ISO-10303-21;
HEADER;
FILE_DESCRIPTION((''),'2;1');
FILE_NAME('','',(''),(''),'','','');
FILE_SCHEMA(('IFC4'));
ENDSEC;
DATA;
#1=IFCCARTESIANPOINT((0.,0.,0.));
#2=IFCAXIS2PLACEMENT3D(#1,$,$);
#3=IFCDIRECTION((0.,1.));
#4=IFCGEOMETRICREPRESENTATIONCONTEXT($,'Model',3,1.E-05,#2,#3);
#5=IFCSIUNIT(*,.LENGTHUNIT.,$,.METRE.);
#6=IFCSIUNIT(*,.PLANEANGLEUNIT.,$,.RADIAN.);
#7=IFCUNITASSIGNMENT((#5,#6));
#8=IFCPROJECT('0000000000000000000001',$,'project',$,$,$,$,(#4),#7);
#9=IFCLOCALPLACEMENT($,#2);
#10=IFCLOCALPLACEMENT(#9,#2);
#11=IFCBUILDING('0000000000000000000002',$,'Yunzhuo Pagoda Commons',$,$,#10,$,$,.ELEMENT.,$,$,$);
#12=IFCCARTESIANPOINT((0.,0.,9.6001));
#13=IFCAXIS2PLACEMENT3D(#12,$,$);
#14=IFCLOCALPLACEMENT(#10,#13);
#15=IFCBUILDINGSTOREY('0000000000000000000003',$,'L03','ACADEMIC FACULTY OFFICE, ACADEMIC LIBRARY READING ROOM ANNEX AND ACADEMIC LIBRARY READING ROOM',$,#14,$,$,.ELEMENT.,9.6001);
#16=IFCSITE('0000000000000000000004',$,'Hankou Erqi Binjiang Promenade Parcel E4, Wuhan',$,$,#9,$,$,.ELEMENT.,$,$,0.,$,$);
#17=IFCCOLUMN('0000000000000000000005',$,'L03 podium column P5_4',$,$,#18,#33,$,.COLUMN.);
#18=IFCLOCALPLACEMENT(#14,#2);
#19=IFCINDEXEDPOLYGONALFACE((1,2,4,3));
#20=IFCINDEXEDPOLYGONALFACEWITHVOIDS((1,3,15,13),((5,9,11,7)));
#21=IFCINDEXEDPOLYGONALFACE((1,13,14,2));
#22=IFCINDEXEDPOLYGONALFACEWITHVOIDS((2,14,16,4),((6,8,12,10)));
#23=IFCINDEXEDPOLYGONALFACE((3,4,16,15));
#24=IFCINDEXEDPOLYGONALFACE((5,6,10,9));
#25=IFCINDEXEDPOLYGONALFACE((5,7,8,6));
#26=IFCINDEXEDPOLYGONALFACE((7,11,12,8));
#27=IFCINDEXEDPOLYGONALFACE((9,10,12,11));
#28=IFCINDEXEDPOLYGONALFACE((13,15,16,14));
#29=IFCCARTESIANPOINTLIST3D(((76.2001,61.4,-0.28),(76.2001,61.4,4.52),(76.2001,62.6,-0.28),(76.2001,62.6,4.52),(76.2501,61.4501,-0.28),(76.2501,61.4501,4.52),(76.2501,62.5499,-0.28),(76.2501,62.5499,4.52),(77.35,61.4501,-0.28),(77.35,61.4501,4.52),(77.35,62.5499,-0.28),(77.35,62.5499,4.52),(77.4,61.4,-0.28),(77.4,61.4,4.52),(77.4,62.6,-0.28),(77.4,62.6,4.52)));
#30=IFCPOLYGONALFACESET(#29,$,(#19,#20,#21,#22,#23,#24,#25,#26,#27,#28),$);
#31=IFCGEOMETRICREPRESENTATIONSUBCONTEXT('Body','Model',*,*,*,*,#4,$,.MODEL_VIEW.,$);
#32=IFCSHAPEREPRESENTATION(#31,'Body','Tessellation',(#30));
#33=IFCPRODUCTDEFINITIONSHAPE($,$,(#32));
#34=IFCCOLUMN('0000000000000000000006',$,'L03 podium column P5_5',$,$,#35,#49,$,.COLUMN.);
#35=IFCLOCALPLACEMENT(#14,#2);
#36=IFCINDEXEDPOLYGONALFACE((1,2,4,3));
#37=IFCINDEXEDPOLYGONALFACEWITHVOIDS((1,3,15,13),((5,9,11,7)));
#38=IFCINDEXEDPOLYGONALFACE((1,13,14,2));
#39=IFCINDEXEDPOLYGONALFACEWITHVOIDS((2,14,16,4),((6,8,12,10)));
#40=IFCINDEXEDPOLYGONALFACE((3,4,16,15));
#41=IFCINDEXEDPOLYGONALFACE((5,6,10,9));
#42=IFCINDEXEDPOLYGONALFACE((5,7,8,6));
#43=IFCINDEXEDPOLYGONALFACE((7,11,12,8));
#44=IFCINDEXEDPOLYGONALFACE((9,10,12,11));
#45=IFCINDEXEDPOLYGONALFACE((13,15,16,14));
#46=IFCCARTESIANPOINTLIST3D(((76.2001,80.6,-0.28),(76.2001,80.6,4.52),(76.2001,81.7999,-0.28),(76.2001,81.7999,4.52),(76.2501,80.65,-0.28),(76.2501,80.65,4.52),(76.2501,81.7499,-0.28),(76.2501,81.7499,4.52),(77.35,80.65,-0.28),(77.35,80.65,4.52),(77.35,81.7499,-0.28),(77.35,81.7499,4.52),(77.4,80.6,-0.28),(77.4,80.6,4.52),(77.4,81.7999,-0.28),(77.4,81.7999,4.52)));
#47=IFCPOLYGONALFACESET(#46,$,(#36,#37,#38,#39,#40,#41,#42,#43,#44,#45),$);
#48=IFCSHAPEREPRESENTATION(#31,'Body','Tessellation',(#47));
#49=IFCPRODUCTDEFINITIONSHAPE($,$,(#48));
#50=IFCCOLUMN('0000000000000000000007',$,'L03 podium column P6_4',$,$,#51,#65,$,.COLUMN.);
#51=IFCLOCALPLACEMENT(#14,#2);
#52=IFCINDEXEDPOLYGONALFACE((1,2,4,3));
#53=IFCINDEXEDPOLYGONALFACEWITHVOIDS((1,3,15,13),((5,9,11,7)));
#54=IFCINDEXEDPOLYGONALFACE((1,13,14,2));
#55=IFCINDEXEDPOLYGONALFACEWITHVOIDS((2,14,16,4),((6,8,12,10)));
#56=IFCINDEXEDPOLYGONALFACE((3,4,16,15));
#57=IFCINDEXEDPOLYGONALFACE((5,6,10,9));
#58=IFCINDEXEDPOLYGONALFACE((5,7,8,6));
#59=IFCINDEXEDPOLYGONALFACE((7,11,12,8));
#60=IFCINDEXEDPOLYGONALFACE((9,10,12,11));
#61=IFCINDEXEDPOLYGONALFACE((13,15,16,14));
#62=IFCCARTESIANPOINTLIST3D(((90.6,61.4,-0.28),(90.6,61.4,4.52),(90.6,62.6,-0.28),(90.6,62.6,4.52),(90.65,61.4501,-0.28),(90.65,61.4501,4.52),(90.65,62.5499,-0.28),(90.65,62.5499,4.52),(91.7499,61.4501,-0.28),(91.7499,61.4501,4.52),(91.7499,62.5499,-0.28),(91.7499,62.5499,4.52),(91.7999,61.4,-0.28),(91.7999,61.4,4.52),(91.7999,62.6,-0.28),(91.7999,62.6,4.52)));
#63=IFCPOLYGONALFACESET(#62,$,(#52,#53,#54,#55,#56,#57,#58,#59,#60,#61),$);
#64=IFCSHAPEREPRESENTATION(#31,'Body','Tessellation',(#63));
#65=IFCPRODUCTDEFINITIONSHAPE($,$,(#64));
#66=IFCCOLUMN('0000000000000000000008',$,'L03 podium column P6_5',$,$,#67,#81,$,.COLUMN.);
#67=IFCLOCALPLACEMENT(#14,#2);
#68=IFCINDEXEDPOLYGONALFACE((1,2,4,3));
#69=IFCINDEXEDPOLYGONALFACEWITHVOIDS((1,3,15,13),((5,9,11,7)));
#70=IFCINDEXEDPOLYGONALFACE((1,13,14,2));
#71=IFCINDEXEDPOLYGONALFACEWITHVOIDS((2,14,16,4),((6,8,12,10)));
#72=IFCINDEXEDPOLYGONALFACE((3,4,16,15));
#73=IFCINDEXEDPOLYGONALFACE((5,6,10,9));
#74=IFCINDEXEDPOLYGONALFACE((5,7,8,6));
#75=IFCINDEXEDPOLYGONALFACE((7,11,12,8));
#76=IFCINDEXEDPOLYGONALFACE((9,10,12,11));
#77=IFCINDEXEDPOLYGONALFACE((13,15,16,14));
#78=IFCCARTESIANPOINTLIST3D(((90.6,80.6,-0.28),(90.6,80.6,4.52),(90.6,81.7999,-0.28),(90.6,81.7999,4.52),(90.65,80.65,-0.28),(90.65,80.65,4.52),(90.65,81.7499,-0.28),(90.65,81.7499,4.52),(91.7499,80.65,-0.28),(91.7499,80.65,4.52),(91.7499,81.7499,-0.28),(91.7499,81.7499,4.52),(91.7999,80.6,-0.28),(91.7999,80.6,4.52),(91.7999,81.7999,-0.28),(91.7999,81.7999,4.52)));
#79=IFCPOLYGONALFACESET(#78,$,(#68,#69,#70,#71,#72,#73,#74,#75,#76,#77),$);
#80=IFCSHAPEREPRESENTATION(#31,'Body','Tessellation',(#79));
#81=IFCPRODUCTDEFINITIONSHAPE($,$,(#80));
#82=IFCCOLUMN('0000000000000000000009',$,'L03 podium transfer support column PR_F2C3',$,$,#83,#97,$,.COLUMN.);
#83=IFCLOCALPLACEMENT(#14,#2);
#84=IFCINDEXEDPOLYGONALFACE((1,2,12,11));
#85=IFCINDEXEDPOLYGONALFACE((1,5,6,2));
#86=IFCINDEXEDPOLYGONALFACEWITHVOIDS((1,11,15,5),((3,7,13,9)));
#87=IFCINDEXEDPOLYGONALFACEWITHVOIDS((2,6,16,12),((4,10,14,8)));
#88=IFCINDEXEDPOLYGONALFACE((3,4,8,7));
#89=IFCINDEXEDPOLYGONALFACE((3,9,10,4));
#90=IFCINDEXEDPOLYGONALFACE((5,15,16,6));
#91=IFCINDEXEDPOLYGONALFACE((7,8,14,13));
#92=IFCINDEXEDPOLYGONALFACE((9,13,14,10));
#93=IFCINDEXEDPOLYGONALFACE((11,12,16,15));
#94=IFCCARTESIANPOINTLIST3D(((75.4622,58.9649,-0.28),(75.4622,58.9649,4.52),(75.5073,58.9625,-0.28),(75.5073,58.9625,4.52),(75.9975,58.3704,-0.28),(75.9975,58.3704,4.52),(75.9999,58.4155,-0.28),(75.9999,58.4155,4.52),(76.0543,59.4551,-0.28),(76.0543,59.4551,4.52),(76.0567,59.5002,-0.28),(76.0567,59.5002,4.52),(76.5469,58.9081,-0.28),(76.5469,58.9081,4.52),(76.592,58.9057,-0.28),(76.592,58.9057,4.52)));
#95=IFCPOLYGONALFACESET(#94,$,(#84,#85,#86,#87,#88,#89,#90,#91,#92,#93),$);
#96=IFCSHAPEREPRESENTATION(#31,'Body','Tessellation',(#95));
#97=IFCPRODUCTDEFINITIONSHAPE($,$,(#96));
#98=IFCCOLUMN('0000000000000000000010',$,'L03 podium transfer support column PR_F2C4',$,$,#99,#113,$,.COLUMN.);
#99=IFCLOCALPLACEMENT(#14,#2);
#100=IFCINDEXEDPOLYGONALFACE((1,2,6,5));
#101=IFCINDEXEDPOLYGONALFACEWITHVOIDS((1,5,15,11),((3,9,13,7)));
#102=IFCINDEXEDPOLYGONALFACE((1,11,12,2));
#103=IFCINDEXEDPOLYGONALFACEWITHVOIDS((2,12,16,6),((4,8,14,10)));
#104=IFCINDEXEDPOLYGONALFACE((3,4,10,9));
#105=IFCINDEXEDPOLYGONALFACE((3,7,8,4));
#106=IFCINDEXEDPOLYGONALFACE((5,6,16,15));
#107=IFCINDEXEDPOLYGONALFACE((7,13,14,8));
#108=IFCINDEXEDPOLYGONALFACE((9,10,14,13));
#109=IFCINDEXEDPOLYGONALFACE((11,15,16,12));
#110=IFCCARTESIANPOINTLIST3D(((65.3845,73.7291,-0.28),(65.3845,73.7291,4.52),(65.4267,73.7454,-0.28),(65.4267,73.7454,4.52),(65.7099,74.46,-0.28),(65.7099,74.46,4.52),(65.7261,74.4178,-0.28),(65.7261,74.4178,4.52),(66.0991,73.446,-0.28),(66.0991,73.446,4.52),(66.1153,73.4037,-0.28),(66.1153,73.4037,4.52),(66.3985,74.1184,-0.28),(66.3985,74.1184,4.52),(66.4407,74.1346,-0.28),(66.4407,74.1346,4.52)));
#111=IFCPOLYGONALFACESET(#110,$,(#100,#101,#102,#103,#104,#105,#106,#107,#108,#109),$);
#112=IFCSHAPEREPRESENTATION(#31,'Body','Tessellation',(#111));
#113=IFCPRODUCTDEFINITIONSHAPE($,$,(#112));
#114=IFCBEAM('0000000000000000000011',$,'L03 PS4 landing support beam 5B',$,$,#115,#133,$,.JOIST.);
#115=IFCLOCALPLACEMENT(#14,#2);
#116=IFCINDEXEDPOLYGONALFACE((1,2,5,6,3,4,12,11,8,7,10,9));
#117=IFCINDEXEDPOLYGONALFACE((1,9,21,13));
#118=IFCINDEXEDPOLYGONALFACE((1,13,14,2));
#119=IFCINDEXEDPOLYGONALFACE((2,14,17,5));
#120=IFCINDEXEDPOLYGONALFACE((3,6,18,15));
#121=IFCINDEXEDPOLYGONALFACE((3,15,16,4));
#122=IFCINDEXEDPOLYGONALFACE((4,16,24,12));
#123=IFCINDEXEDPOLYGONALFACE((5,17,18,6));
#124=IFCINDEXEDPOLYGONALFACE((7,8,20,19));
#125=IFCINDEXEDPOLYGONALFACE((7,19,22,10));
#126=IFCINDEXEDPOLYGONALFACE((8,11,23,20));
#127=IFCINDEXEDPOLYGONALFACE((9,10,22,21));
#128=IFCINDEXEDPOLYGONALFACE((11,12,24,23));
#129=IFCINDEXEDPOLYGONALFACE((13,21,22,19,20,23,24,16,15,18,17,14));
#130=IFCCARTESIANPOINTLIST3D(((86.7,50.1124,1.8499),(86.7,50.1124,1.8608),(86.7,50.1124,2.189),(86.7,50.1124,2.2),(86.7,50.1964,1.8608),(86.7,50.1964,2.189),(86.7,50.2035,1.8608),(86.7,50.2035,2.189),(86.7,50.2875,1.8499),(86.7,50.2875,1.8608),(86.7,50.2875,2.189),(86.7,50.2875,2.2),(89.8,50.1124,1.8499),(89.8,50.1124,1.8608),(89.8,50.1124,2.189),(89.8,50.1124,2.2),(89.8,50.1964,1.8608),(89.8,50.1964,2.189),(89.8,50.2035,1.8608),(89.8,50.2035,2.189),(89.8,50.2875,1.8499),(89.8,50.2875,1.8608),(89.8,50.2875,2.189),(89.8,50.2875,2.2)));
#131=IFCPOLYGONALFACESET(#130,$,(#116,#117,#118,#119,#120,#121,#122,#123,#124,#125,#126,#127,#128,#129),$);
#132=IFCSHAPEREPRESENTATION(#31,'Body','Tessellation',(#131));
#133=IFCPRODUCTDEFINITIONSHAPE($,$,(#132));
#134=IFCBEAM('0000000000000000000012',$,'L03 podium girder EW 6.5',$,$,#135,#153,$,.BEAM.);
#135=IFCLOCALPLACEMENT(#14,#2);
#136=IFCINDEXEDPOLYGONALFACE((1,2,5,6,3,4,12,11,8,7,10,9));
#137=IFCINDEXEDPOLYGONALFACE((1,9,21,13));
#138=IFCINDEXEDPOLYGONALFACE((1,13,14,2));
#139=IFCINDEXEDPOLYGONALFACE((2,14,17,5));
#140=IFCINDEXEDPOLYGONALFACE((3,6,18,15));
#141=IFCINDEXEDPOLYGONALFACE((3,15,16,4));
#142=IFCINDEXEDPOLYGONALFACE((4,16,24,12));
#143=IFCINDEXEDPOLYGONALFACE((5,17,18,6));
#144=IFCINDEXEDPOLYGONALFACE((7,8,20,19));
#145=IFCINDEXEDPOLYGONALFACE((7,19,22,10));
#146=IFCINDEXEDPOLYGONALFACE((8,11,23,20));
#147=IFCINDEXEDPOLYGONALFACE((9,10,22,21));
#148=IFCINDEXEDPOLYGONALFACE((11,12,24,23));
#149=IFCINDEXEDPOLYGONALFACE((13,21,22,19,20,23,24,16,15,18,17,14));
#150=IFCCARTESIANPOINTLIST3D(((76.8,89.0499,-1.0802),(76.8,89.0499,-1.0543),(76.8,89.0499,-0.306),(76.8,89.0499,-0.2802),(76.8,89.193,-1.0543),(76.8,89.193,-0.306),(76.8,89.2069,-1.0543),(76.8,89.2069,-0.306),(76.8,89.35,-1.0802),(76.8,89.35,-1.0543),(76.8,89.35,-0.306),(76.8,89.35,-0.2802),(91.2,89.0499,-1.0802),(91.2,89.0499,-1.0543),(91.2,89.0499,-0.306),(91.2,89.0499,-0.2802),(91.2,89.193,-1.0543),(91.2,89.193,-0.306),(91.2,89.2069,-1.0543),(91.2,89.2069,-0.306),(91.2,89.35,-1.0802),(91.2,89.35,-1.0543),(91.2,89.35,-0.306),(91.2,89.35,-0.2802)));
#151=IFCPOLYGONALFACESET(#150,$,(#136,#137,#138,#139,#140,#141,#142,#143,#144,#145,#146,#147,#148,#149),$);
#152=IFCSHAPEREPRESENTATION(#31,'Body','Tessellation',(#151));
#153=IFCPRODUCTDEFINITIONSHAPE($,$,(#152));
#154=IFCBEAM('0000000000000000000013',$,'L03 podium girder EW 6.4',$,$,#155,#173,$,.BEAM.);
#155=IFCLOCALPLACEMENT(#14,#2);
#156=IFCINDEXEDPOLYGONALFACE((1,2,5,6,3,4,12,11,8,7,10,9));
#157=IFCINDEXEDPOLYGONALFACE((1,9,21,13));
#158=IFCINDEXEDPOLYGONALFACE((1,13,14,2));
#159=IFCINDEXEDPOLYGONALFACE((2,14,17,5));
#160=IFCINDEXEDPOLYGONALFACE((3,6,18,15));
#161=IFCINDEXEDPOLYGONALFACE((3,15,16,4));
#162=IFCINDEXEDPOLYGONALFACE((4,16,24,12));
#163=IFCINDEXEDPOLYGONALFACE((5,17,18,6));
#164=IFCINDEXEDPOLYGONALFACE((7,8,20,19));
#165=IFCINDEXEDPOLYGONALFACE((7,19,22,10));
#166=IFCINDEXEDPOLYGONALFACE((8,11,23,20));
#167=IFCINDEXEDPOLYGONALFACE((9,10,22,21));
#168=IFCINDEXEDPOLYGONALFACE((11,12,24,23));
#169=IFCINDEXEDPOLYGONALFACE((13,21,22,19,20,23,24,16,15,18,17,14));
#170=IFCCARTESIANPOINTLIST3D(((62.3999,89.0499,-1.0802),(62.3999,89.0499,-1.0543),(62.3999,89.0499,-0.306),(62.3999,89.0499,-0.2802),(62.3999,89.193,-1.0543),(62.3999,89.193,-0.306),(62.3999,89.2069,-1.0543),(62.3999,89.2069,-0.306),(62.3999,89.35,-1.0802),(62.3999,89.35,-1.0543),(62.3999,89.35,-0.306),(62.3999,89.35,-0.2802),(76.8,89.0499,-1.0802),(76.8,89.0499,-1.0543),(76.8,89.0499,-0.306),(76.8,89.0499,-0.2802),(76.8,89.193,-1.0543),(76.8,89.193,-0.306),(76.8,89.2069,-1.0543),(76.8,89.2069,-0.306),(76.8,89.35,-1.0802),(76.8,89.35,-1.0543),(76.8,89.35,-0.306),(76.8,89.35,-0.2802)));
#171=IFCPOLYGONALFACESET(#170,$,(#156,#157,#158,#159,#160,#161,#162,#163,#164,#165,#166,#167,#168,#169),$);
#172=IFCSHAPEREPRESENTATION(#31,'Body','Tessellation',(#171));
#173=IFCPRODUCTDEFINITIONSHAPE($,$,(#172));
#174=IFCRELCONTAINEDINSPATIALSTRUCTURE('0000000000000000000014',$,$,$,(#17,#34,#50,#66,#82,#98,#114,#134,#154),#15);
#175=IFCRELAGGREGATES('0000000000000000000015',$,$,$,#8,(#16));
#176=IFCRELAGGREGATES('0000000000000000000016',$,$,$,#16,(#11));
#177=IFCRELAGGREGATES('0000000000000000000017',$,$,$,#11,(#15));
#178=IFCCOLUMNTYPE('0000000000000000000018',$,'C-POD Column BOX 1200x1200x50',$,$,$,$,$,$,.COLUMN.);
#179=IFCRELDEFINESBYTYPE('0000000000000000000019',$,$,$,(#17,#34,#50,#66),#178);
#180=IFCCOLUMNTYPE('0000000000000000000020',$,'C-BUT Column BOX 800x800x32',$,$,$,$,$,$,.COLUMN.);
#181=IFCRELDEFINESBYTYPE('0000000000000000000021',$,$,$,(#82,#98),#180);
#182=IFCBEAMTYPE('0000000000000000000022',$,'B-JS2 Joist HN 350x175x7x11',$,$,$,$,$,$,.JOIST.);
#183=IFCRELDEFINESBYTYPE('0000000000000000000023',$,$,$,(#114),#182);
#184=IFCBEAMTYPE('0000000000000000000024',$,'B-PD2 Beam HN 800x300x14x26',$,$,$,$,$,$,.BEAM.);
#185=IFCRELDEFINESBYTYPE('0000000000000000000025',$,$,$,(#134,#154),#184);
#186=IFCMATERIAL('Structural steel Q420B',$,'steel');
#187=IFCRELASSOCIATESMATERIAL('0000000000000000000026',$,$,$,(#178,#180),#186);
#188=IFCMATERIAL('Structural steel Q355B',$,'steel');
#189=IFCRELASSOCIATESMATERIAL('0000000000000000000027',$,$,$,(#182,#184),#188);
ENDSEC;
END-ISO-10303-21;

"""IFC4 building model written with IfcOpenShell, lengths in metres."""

from ifc_helpers import new_model, si_unit, direction, frame, origin, origin_2d, place, context, subcontext, project, spatial, hollow_rectangle, i_section, extrude, source, transform, mapped, material, material_profile, profile_set, type_object, element, save


model = new_model("IFC4")

# Units and contexts
model_context = context("Model", 3, precision=1e-05, world=origin(), true_north=direction((0.0, 1.0)))
body_context = subcontext(model_context, "Body", "Model", "MODEL_VIEW")
ifc_project = project(units=[si_unit("LENGTHUNIT", "METRE"), si_unit("PLANEANGLEUNIT", "RADIAN")], contexts=[model_context])

# Site, building, storey
site_placement = place(None, origin())
site = spatial("IfcSite", under=ifc_project, at=site_placement, Name="Hankou Erqi Binjiang Promenade Parcel E4, Wuhan", CompositionType="ELEMENT", RefElevation=0.0)
building_placement = place(site_placement, origin())
building = spatial("IfcBuilding", under=site, at=building_placement, Name="Yunzhuo Pagoda Commons", CompositionType="ELEMENT")
storey_placement = place(building_placement, frame((0.0, 0.0, 9.6001)))
storey = spatial("IfcBuildingStorey", under=building, at=storey_placement, Name="L03", Description="ACADEMIC FACULTY OFFICE, ACADEMIC LIBRARY READING ROOM ANNEX AND ACADEMIC LIBRARY READING ROOM", CompositionType="ELEMENT", Elevation=9.6001)

# Columns
ifc_material_1 = material(Name="Structural steel Q420B", Category="steel")
ifc_material_profile_1 = material_profile(ifc_material_1, hollow_rectangle(XDim=1.2, YDim=1.2, WallThickness=0.05, at=origin_2d()), Name="Structural steel Q420B")
ifc_profile_set_1 = profile_set([ifc_material_profile_1], Name="Structural steel Q420B")
column_type_1 = type_object("IfcColumnType", Name="C-POD Column BOX 1200x1200x50", PredefinedType="COLUMN", material=ifc_profile_set_1)
shared_shape_1 = source(origin(), body_context, "Body", "SweptSolid", [
    extrude(hollow_rectangle(XDim=1.2, YDim=1.2, WallThickness=0.05, at=origin_2d()), origin(), (0.0, 0.0, 1.0), 4.8),
])
for number, where, z_axis, x_axis, name in (
    (1, (76.8, 62.0, -0.28), (0.0, 0.0, 1.0), (1.0, 0.0, 0.0), "L03 podium column P5_4"),
    (2, (76.8, 81.2, -0.28), (0.0, 0.0, 1.0), (1.0, 0.0, 0.0), "L03 podium column P5_5"),
    (3, (91.2, 62.0, -0.28), (0.0, 0.0, 1.0), (1.0, 0.0, 0.0), "L03 podium column P6_4"),
    (4, (91.2, 81.2, -0.28), (0.0, 0.0, 1.0), (1.0, 0.0, 0.0), "L03 podium column P6_5"),
):
    element("IfcColumn", number, at=place(storey_placement, frame(where, z_axis=z_axis, x_axis=x_axis)), inside=storey, type_object=column_type_1, Name=name, PredefinedType="COLUMN", context=body_context, shape_type="MappedRepresentation", body=[
        mapped(shared_shape_1, transform((0.0, 0.0, 0.0), scale=1.0)),
    ])
ifc_material_profile_2 = material_profile(ifc_material_1, hollow_rectangle(XDim=0.8, YDim=0.8, WallThickness=0.032, at=origin_2d()), Name="Structural steel Q420B")
ifc_profile_set_2 = profile_set([ifc_material_profile_2], Name="Structural steel Q420B")
column_type_2 = type_object("IfcColumnType", Name="C-BUT Column BOX 800x800x32", PredefinedType="COLUMN", material=ifc_profile_set_2)
shared_shape_2 = source(origin(), body_context, "Body", "SweptSolid", [
    extrude(hollow_rectangle(XDim=0.8, YDim=0.8, WallThickness=0.032, at=origin_2d()), origin(), (0.0, 0.0, 1.0), 4.8),
])
for number, where, z_axis, x_axis, name in (
    (5, (76.0271, 58.9353, -0.28), (0.0, 0.0, 1.0), (-0.669131, 0.743145, 0.0), "L03 podium transfer support column PR_F2C3"),
    (6, (65.9126, 73.9319, -0.28), (0.0, 0.0, 1.0), (-0.913545, 0.406737, 0.0), "L03 podium transfer support column PR_F2C4"),
):
    element("IfcColumn", number, at=place(storey_placement, frame(where, z_axis=z_axis, x_axis=x_axis)), inside=storey, type_object=column_type_2, Name=name, PredefinedType="COLUMN", context=body_context, shape_type="MappedRepresentation", body=[
        mapped(shared_shape_2, transform((0.0, 0.0, 0.0), scale=1.0)),
    ])

# Beams
ifc_material_2 = material(Name="Structural steel Q355B", Category="steel")
ifc_material_profile_3 = material_profile(ifc_material_2, i_section(OverallWidth=0.175, OverallDepth=0.3501, WebThickness=0.0071, FlangeThickness=0.011, at=origin_2d()), Name="Structural steel Q355B")
ifc_profile_set_3 = profile_set([ifc_material_profile_3], Name="Structural steel Q355B")
beam_type_1 = type_object("IfcBeamType", Name="B-JS2 Joist HN 350x175x7x11", PredefinedType="JOIST", material=ifc_profile_set_3)
shared_shape_3 = source(origin(), body_context, "Body", "SweptSolid", [
    extrude(i_section(OverallWidth=0.175, OverallDepth=0.3501, WebThickness=0.0071, FlangeThickness=0.011, at=origin_2d()), origin(), (0.0, 0.0, 1.0), 3.1001),
])
beam_1_placement = place(storey_placement, frame((86.7, 50.2, 2.0249), z_axis=(1.0, 0.0, 0.0), x_axis=(0.0, 1.0, 0.0)))
element("IfcBeam", 7, at=beam_1_placement, inside=storey, type_object=beam_type_1, Name="L03 PS4 landing support beam 5B", PredefinedType="JOIST", context=body_context, shape_type="MappedRepresentation", body=[
    mapped(shared_shape_3, transform((0.0, 0.0, 0.0), scale=1.0)),
])
ifc_material_profile_4 = material_profile(ifc_material_2, i_section(OverallWidth=0.3, OverallDepth=0.8, WebThickness=0.0139, FlangeThickness=0.0259, at=origin_2d()), Name="Structural steel Q355B")
ifc_profile_set_4 = profile_set([ifc_material_profile_4], Name="Structural steel Q355B")
beam_type_2 = type_object("IfcBeamType", Name="B-PD2 Beam HN 800x300x14x26", PredefinedType="BEAM", material=ifc_profile_set_4)
shared_shape_4 = source(origin(), body_context, "Body", "SweptSolid", [
    extrude(i_section(OverallWidth=0.3, OverallDepth=0.8, WebThickness=0.0139, FlangeThickness=0.0259, at=origin_2d()), origin(), (0.0, 0.0, 1.0), 14.3999),
])
beam_2_placement = place(storey_placement, frame((76.8, 89.2, -0.6802), z_axis=(1.0, 0.0, 0.0), x_axis=(0.0, 1.0, 0.0)))
element("IfcBeam", 8, at=beam_2_placement, inside=storey, type_object=beam_type_2, Name="L03 podium girder EW 6.5", PredefinedType="BEAM", context=body_context, shape_type="MappedRepresentation", body=[
    mapped(shared_shape_4, transform((0.0, 0.0, 0.0), scale=1.0)),
])
shared_shape_5 = source(origin(), body_context, "Body", "SweptSolid", [
    extrude(i_section(OverallWidth=0.3, OverallDepth=0.8, WebThickness=0.0139, FlangeThickness=0.0259, at=origin_2d()), origin(), (0.0, 0.0, 1.0), 14.4001),
])
beam_3_placement = place(storey_placement, frame((62.3999, 89.2, -0.6802), z_axis=(1.0, 0.0, 0.0), x_axis=(0.0, 1.0, 0.0)))
element("IfcBeam", 9, at=beam_3_placement, inside=storey, type_object=beam_type_2, Name="L03 podium girder EW 6.4", PredefinedType="BEAM", context=body_context, shape_type="MappedRepresentation", body=[
    mapped(shared_shape_5, transform((0.0, 0.0, 0.0), scale=1.0)),
])

save(model, "model.ifc")
